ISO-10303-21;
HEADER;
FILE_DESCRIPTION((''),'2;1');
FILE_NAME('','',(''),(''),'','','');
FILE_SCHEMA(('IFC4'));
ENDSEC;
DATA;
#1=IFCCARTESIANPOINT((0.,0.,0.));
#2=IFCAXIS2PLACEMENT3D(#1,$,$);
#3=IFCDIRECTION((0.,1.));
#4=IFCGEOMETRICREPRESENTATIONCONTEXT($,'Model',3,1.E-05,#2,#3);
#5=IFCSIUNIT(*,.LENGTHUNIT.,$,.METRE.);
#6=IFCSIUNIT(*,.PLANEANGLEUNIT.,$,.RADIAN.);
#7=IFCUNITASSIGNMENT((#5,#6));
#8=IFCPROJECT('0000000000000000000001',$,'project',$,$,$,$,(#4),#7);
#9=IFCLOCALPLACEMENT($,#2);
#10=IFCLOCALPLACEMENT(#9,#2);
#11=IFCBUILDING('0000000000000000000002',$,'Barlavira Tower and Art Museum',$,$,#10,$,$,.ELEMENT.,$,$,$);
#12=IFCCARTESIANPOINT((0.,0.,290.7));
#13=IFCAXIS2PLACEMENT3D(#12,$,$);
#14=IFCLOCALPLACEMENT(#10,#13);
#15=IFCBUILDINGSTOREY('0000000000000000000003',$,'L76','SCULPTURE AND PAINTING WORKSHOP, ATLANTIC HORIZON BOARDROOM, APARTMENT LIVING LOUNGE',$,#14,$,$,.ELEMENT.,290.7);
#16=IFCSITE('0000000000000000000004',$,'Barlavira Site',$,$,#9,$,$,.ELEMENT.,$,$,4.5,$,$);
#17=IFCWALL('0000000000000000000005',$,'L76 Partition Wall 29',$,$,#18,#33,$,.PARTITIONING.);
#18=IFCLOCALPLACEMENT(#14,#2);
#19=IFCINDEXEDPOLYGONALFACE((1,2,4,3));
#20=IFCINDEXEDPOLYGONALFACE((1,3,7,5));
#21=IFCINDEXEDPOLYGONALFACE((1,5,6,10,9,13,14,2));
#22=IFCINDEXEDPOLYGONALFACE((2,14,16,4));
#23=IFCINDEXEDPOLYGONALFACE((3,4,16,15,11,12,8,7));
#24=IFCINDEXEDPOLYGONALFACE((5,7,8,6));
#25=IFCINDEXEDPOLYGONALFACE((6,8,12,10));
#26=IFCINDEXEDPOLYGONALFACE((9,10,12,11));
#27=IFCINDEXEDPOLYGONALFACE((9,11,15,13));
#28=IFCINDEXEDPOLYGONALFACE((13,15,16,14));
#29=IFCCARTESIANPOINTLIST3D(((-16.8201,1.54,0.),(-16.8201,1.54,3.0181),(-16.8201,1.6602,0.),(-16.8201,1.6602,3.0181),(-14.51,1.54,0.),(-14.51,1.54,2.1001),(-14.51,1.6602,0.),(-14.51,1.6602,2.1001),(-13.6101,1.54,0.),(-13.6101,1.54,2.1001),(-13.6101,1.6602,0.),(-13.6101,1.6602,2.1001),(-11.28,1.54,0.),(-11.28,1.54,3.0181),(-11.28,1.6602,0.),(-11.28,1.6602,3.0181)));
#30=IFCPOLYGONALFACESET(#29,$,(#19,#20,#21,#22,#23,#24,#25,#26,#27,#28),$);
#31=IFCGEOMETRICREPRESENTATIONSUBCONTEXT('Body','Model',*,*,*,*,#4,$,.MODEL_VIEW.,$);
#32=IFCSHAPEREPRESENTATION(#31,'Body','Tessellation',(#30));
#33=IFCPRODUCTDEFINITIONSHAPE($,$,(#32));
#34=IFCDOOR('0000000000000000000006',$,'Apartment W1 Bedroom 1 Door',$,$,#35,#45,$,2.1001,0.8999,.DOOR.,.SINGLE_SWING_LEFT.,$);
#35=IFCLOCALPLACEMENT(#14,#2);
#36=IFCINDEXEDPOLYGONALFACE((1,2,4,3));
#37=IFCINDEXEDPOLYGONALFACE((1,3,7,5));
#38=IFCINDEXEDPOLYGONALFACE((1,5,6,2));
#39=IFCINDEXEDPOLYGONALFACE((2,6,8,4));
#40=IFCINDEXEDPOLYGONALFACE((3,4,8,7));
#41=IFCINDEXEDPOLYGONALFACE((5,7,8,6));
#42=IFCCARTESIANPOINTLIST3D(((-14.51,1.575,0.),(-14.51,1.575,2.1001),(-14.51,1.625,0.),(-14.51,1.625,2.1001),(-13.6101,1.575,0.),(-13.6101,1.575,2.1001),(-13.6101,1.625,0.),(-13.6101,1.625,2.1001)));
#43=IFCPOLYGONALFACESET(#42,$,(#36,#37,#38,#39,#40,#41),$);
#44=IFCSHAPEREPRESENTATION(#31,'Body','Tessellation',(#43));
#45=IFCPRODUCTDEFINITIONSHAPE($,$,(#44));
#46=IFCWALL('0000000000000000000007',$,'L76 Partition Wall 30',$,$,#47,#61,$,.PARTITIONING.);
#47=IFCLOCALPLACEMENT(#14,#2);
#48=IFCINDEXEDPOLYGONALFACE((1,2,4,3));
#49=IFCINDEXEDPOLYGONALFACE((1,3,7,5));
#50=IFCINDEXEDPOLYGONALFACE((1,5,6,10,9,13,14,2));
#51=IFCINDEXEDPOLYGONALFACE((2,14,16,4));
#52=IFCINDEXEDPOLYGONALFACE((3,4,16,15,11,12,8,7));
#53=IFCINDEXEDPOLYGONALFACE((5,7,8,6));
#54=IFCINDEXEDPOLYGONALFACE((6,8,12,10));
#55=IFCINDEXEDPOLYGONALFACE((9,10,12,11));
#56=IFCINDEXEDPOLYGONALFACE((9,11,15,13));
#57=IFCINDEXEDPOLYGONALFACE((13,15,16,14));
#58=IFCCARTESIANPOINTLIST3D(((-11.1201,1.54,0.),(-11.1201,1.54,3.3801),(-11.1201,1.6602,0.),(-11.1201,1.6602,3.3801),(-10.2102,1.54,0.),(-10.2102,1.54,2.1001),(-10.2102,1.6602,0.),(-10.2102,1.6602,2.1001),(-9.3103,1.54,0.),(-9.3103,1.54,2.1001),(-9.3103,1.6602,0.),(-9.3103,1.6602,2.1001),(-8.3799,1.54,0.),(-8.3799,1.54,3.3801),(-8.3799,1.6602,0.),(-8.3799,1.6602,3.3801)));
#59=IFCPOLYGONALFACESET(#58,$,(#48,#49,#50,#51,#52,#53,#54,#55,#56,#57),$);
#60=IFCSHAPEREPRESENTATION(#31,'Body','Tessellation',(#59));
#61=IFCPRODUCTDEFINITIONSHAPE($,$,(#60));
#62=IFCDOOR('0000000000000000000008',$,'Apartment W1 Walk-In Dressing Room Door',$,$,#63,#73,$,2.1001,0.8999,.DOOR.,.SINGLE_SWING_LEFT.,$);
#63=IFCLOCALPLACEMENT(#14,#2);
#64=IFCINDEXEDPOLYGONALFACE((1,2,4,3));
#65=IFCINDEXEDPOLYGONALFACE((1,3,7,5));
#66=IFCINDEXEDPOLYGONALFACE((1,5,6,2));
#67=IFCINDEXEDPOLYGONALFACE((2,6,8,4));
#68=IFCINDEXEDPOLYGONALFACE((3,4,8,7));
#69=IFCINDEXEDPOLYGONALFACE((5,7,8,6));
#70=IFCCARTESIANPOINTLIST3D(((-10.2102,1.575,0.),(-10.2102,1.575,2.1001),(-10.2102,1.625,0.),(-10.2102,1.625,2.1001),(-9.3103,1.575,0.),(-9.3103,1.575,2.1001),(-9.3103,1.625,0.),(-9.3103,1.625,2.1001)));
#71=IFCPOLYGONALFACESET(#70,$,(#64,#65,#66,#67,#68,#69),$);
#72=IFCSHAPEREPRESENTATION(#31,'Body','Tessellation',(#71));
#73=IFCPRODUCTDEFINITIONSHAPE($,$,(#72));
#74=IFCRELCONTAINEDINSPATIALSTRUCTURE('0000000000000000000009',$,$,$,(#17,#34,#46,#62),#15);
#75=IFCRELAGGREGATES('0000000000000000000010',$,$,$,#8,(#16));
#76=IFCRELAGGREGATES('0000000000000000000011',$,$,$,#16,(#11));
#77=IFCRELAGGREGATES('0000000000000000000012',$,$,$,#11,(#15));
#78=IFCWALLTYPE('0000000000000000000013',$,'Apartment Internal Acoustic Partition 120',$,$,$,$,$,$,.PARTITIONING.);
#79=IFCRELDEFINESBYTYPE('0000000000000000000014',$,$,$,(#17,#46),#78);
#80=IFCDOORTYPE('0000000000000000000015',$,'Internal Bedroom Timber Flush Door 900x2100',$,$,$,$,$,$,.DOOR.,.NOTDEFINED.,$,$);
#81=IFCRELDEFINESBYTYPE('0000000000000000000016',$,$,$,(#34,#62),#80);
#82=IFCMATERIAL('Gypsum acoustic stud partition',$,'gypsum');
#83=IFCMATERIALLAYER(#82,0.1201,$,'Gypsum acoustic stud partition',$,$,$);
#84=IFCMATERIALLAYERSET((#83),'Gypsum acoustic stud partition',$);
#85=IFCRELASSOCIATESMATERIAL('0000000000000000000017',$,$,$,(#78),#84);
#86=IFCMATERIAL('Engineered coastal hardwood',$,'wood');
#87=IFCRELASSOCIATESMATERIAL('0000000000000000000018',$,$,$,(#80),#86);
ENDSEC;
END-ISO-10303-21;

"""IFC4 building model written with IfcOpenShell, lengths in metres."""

from ifc_helpers import new_model, si_unit, direction, frame, frame_2d, origin, place, context, subcontext, project, spatial, rectangle, extrude, material, layer, layer_set, type_object, element, fill, save


model = new_model("IFC4")

# Units and contexts
model_context = context("Model", 3, precision=1e-05, world=origin(), true_north=direction((0.0, 1.0)))
body_context = subcontext(model_context, "Body", "Model", "MODEL_VIEW")
ifc_project = project(units=[si_unit("LENGTHUNIT", "METRE"), si_unit("PLANEANGLEUNIT", "RADIAN")], contexts=[model_context])

# Site, building, storey
site_placement = place(None, origin())
site = spatial("IfcSite", under=ifc_project, at=site_placement, Name="Barlavira Site", CompositionType="ELEMENT", RefElevation=4.5)
building_placement = place(site_placement, origin())
building = spatial("IfcBuilding", under=site, at=building_placement, Name="Barlavira Tower and Art Museum", CompositionType="ELEMENT")
storey_placement = place(building_placement, frame((0.0, 0.0, 290.7)))
storey = spatial("IfcBuildingStorey", under=building, at=storey_placement, Name="L76", Description="SCULPTURE AND PAINTING WORKSHOP, ATLANTIC HORIZON BOARDROOM, APARTMENT LIVING LOUNGE", CompositionType="ELEMENT", Elevation=290.7)

# Walls, openings, doors
ifc_material_1 = material(Name="Gypsum acoustic stud partition", Category="gypsum")
ifc_layer_1 = layer(ifc_material_1, 0.1201, Name="Gypsum acoustic stud partition")
ifc_layer_set_1 = layer_set([ifc_layer_1], Name="Gypsum acoustic stud partition")
wall_type = type_object("IfcWallType", Name="Apartment Internal Acoustic Partition 120", PredefinedType="PARTITIONING", material=ifc_layer_set_1)
wall_1_placement = place(storey_placement, frame((-16.8201, 1.6001, 0.0), z_axis=(0.0, 0.0, 1.0), x_axis=(1.0, 0.0, 0.0)))
wall_1 = element("IfcWall", 1, at=wall_1_placement, inside=storey, type_object=wall_type, Name="L76 Partition Wall 29", PredefinedType="PARTITIONING", context=body_context, shape_type="SweptSolid", body=[
    extrude(rectangle(XDim=5.54, YDim=0.1201, at=frame_2d((2.77, 0.0))), origin(), (0.0, 0.0, 1.0), 3.0181),
])
opening_1_placement = place(wall_1_placement, frame((2.3101, 0.0, 0.0)))
opening_1 = element("IfcOpeningElement", 2, at=opening_1_placement, cuts=wall_1, PredefinedType="OPENING", context=body_context, shape_type="SweptSolid", body=[
    extrude(rectangle(XDim=0.8999, YDim=2.1001, at=frame_2d((0.45, 1.05))), frame((0.0, 0.0701, 0.0), z_axis=(0.0, -1.0, 0.0), x_axis=(1.0, 0.0, 0.0)), (0.0, 0.0, 1.0), 0.1401),
])
ifc_material_2 = material(Name="Engineered coastal hardwood", Category="wood")
door_type = type_object("IfcDoorType", Name="Internal Bedroom Timber Flush Door 900x2100", OperationType="NOTDEFINED", PredefinedType="DOOR", material=ifc_material_2)
door_1_placement = place(opening_1_placement, origin())
door_1 = element("IfcDoor", 3, at=door_1_placement, inside=storey, type_object=door_type, Name="Apartment W1 Bedroom 1 Door", OperationType="SINGLE_SWING_LEFT", OverallHeight=2.1001, OverallWidth=0.8999, PredefinedType="DOOR", context=body_context, shape_type="SweptSolid", body=[
    extrude(rectangle(XDim=0.8999, YDim=2.1001, at=frame_2d((0.45, 1.05))), frame((0.0, 0.0249, 0.0), z_axis=(0.0, -1.0, 0.0), x_axis=(1.0, 0.0, 0.0)), (0.0, 0.0, 1.0), 0.05),
])
fill(opening_1, door_1)
wall_2_placement = place(storey_placement, frame((-11.1201, 1.6001, 0.0), z_axis=(0.0, 0.0, 1.0), x_axis=(1.0, 0.0, 0.0)))
wall_2 = element("IfcWall", 4, at=wall_2_placement, inside=storey, type_object=wall_type, Name="L76 Partition Wall 30", PredefinedType="PARTITIONING", context=body_context, shape_type="SweptSolid", body=[
    extrude(rectangle(XDim=2.7402, YDim=0.1201, at=frame_2d((1.3701, 0.0))), origin(), (0.0, 0.0, 1.0), 3.3801),
])
opening_2_placement = place(wall_2_placement, frame((0.9099, 0.0, 0.0)))
opening_2 = element("IfcOpeningElement", 5, at=opening_2_placement, cuts=wall_2, PredefinedType="OPENING", context=body_context, shape_type="SweptSolid", body=[
    extrude(rectangle(XDim=0.8999, YDim=2.1001, at=frame_2d((0.45, 1.05))), frame((0.0, 0.0701, 0.0), z_axis=(0.0, -1.0, 0.0), x_axis=(1.0, 0.0, 0.0)), (0.0, 0.0, 1.0), 0.1401),
])
door_2_placement = place(opening_2_placement, origin())
door_2 = element("IfcDoor", 6, at=door_2_placement, inside=storey, type_object=door_type, Name="Apartment W1 Walk-In Dressing Room Door", OperationType="SINGLE_SWING_LEFT", OverallHeight=2.1001, OverallWidth=0.8999, PredefinedType="DOOR", context=body_context, shape_type="SweptSolid", body=[
    extrude(rectangle(XDim=0.8999, YDim=2.1001, at=frame_2d((0.45, 1.05))), frame((0.0, 0.0249, 0.0), z_axis=(0.0, -1.0, 0.0), x_axis=(1.0, 0.0, 0.0)), (0.0, 0.0, 1.0), 0.05),
])
fill(opening_2, door_2)

save(model, "model.ifc")
